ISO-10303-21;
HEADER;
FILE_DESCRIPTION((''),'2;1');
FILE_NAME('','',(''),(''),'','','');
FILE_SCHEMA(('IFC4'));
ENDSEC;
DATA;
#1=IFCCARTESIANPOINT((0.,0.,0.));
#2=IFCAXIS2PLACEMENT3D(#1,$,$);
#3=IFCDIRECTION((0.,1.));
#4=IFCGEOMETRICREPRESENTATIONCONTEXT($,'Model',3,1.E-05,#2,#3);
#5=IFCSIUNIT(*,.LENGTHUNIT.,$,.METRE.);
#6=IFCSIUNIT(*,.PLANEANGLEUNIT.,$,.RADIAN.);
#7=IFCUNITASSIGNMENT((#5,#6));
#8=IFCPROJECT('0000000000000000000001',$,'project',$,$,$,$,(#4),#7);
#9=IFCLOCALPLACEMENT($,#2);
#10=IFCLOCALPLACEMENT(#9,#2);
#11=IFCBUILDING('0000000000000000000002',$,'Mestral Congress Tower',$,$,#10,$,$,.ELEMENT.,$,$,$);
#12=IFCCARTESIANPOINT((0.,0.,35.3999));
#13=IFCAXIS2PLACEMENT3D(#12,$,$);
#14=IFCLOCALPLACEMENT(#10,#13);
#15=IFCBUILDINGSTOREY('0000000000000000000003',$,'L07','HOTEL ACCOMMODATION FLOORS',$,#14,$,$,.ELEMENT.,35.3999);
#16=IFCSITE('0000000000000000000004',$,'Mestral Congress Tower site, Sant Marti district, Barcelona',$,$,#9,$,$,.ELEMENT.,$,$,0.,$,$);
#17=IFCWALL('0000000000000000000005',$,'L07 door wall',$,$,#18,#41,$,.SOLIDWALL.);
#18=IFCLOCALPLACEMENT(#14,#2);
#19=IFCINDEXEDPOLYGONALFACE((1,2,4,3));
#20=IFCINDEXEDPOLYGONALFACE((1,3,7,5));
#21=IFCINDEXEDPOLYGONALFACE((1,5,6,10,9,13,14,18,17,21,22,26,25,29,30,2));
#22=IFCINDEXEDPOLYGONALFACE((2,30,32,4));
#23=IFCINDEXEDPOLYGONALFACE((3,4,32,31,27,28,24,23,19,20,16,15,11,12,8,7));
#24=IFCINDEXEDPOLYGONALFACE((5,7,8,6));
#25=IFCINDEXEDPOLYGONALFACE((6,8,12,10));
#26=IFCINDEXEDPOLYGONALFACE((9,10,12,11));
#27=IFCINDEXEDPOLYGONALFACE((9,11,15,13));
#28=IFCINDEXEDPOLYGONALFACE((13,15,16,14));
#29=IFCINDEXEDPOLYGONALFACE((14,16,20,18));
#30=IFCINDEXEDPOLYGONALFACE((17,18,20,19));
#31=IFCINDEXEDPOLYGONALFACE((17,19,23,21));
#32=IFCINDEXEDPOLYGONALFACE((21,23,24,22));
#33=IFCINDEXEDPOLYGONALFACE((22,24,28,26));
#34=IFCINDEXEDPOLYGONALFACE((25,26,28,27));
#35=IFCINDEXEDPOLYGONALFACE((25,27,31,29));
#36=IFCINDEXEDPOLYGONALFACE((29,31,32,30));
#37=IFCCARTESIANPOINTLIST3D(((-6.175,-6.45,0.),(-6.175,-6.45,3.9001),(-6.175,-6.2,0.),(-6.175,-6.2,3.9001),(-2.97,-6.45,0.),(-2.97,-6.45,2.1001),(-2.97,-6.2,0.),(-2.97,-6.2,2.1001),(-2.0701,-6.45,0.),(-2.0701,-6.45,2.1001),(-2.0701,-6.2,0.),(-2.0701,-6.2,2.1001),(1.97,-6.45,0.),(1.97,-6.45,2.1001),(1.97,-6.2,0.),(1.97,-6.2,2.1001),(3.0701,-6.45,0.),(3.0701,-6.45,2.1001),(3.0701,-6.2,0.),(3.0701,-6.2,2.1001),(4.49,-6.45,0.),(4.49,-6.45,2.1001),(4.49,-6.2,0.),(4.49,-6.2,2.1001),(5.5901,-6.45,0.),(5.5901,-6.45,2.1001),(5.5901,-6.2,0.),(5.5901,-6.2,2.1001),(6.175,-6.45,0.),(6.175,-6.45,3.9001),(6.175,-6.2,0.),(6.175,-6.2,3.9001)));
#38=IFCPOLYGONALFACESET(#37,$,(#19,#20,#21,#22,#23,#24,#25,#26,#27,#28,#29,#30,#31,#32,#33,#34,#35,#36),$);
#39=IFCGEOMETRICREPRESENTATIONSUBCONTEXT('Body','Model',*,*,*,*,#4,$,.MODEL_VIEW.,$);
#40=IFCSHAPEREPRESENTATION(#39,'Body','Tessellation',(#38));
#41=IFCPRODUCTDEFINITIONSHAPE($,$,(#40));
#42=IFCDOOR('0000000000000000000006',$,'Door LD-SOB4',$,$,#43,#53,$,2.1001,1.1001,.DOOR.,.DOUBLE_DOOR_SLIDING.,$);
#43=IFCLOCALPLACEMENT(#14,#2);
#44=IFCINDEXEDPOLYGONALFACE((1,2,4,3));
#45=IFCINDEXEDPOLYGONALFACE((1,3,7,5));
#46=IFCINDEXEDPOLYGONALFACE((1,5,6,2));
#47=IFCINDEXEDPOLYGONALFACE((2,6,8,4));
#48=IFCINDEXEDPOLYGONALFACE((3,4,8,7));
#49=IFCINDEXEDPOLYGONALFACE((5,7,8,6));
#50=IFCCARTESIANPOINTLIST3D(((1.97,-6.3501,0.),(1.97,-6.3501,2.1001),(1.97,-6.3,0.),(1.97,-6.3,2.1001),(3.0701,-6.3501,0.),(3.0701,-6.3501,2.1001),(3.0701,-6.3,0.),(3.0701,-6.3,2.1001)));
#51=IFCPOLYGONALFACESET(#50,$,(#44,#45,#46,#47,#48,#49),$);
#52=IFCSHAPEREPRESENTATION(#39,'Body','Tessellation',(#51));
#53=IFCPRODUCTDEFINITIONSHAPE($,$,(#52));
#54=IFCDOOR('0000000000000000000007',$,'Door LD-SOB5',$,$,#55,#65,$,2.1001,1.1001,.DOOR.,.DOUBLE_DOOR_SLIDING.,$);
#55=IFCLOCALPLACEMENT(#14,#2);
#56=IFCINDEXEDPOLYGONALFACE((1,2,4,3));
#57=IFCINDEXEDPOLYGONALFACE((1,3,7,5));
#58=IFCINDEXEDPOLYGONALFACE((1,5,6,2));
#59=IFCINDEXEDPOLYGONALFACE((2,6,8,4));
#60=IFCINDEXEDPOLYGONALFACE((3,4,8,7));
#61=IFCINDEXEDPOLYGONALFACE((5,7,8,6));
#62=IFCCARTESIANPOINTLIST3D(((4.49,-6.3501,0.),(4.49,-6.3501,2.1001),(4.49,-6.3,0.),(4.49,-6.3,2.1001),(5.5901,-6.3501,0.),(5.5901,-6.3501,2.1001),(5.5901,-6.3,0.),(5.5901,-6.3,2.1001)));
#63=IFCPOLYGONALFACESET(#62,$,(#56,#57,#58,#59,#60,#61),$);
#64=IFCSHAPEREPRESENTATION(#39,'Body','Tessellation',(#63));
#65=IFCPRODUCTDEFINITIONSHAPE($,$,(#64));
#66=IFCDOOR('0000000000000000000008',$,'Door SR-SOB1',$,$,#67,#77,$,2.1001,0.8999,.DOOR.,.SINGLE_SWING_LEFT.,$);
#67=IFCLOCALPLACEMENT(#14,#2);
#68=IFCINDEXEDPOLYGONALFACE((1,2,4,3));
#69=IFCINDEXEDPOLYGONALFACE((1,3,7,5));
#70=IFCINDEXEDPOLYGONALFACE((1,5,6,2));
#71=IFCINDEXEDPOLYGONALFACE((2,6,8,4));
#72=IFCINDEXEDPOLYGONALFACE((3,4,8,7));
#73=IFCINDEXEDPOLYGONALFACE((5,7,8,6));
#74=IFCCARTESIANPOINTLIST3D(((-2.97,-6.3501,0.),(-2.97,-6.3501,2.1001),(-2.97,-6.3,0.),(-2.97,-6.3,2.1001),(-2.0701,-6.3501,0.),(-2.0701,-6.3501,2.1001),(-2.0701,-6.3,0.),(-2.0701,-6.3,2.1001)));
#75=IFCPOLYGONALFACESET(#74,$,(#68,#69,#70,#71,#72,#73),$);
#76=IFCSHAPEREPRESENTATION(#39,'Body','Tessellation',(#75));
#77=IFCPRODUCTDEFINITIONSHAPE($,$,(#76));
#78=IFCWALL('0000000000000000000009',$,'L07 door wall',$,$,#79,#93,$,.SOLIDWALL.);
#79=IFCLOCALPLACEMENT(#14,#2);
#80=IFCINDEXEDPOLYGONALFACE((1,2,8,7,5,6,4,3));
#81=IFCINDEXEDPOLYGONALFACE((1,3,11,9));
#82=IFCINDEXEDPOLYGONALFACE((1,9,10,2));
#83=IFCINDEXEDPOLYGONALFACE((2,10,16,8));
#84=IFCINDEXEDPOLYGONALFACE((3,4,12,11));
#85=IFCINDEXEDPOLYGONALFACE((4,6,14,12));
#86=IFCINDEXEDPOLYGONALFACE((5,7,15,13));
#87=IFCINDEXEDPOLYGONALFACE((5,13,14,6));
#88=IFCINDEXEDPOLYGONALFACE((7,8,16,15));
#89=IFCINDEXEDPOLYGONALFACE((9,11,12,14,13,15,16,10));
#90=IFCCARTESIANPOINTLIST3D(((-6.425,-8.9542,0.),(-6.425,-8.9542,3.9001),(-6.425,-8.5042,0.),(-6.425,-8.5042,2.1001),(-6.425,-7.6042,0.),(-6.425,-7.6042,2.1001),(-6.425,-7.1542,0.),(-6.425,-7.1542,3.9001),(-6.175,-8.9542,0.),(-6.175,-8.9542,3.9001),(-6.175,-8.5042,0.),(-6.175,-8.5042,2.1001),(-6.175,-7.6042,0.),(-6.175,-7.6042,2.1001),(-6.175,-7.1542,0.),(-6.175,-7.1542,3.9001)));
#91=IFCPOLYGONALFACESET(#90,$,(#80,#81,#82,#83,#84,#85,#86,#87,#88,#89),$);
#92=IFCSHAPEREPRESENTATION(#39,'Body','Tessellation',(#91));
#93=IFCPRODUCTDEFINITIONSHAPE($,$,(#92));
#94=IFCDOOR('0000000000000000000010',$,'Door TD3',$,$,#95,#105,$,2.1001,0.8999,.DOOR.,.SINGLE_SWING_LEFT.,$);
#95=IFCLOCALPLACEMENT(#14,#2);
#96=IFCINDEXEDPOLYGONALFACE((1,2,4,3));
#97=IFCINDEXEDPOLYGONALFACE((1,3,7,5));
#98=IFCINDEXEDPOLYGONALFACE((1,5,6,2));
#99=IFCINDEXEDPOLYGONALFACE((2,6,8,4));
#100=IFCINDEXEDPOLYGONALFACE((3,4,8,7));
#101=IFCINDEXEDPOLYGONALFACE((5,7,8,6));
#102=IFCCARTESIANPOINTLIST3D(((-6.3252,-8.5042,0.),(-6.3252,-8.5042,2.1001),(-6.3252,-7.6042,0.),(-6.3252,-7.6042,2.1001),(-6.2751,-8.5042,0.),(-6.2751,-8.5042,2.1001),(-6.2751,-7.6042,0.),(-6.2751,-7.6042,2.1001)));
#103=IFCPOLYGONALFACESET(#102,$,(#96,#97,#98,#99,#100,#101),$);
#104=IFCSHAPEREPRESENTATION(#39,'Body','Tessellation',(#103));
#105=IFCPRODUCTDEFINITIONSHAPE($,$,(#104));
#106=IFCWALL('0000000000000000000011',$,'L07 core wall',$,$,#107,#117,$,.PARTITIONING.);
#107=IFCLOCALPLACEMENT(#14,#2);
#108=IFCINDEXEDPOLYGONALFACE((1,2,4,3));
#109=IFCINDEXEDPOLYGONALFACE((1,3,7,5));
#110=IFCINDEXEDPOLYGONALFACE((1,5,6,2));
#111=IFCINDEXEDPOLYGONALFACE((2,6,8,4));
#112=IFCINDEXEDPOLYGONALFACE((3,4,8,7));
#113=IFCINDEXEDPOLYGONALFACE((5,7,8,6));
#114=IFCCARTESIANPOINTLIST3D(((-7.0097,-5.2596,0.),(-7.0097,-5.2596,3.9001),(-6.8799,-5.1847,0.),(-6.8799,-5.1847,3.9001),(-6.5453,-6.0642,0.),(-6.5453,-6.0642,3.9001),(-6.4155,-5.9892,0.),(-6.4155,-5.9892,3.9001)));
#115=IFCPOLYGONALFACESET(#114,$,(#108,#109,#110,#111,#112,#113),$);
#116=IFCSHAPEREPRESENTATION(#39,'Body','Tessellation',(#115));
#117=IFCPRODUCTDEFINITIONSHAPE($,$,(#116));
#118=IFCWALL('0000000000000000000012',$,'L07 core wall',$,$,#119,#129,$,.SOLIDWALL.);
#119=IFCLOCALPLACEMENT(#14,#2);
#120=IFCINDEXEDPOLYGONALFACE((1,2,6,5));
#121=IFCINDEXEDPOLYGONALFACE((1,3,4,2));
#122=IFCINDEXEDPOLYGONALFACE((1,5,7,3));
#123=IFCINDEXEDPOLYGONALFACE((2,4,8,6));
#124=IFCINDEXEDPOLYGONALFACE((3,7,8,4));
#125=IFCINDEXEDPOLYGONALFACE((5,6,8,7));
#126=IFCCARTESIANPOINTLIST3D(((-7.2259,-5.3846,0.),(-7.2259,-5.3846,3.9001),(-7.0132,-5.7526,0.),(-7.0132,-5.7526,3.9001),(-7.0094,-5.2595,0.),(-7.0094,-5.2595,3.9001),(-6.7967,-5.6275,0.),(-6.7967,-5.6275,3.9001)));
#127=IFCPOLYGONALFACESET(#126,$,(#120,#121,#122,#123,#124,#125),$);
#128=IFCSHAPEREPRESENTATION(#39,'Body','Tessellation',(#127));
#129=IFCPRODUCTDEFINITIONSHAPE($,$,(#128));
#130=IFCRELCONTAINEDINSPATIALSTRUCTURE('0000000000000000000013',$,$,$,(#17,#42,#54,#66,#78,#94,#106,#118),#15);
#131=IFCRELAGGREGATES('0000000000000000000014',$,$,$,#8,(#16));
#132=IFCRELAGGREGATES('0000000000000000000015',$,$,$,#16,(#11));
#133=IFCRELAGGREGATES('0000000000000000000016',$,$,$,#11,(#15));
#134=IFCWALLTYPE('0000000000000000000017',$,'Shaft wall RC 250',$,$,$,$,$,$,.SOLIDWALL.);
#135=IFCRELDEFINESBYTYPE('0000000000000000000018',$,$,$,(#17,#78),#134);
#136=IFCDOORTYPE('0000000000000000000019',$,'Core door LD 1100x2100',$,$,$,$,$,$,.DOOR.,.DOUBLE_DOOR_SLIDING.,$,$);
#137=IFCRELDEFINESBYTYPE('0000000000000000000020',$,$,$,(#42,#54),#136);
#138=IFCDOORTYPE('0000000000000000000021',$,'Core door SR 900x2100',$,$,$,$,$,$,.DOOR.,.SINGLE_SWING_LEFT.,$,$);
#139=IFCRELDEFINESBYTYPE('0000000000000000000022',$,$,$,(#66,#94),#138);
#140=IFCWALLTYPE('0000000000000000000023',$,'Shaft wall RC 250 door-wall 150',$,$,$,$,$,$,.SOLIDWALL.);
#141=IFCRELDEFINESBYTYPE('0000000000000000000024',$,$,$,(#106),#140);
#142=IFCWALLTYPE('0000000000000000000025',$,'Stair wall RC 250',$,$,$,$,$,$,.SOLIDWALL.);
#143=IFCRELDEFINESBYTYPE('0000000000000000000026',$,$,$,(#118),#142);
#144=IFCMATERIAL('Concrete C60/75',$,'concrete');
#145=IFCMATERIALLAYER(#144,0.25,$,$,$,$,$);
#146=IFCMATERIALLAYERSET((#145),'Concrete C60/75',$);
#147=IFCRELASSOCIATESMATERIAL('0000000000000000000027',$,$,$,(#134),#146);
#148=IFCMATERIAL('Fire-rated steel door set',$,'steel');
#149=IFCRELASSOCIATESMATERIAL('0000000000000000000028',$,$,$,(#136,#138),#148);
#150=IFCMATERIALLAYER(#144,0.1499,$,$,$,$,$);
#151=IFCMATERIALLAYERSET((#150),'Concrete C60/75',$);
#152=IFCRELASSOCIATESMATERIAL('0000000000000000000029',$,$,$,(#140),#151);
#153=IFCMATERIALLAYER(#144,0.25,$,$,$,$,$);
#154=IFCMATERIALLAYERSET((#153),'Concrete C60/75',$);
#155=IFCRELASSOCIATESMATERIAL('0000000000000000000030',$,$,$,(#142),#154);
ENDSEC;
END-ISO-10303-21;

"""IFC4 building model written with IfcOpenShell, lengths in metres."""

from ifc_helpers import new_model, si_unit, direction, frame, frame_2d, origin, place, context, subcontext, project, spatial, rectangle, extrude, material, layer, layer_set, type_object, element, fill, save


model = new_model("IFC4")

# Units and contexts
model_context = context("Model", 3, precision=1e-05, world=origin(), true_north=direction((0.0, 1.0)))
body_context = subcontext(model_context, "Body", "Model", "MODEL_VIEW")
ifc_project = project(units=[si_unit("LENGTHUNIT", "METRE"), si_unit("PLANEANGLEUNIT", "RADIAN")], contexts=[model_context])

# Site, building, storey
site_placement = place(None, origin())
site = spatial("IfcSite", under=ifc_project, at=site_placement, Name="Mestral Congress Tower site, Sant Marti district, Barcelona", CompositionType="ELEMENT", RefElevation=0.0)
building_placement = place(site_placement, origin())
building = spatial("IfcBuilding", under=site, at=building_placement, Name="Mestral Congress Tower", CompositionType="ELEMENT")
storey_placement = place(building_placement, frame((0.0, 0.0, 35.3999)))
storey = spatial("IfcBuildingStorey", under=building, at=storey_placement, Name="L07", Description="HOTEL ACCOMMODATION FLOORS", CompositionType="ELEMENT", Elevation=35.3999)

# Shared definitions
ifc_material_1 = material(Name="Fire-rated steel door set", Category="steel")

# Shared definitions
ifc_material_2 = material(Name="Concrete C60/75", Category="concrete")
ifc_layer_1 = layer(ifc_material_2, 0.25)
ifc_layer_set_1 = layer_set([ifc_layer_1], Name="Concrete C60/75")
wall_type_1 = type_object("IfcWallType", Name="Shaft wall RC 250", PredefinedType="SOLIDWALL", material=ifc_layer_set_1)

# Wall, openings, doors
door_type_1 = type_object("IfcDoorType", Name="Core door LD 1100x2100", OperationType="DOUBLE_DOOR_SLIDING", PredefinedType="DOOR", material=ifc_material_1)
wall_1_placement = place(storey_placement, frame((-6.175, -6.325, 0.0), z_axis=(0.0, 0.0, 1.0), x_axis=(1.0, 0.0, 0.0)))
wall_1 = element("IfcWall", 1, at=wall_1_placement, inside=storey, type_object=wall_type_1, Name="L07 door wall", PredefinedType="SOLIDWALL", context=body_context, shape_type="SweptSolid", body=[
    extrude(rectangle(XDim=12.3501, YDim=0.25, at=frame_2d((6.175, 0.0))), origin(), (0.0, 0.0, 1.0), 3.9001),
])
opening_1_placement = place(wall_1_placement, frame((3.2051, 0.0, 0.0)))
opening_1 = element("IfcOpeningElement", 2, at=opening_1_placement, cuts=wall_1, PredefinedType="OPENING", context=body_context, shape_type="SweptSolid", body=[
    extrude(rectangle(XDim=0.8999, YDim=2.1001, at=frame_2d((0.45, 1.05))), frame((0.0, 0.135, 0.0), z_axis=(0.0, -1.0, 0.0), x_axis=(1.0, 0.0, 0.0)), (0.0, 0.0, 1.0), 0.27),
])
opening_2_placement = place(wall_1_placement, frame((8.145, 0.0, 0.0)))
opening_2 = element("IfcOpeningElement", 3, at=opening_2_placement, cuts=wall_1, PredefinedType="OPENING", context=body_context, shape_type="SweptSolid", body=[
    extrude(rectangle(XDim=1.1001, YDim=2.1001, at=frame_2d((0.55, 1.05))), frame((0.0, 0.135, 0.0), z_axis=(0.0, -1.0, 0.0), x_axis=(1.0, 0.0, 0.0)), (0.0, 0.0, 1.0), 0.27),
])
opening_3_placement = place(wall_1_placement, frame((10.665, 0.0, 0.0)))
opening_3 = element("IfcOpeningElement", 4, at=opening_3_placement, cuts=wall_1, PredefinedType="OPENING", context=body_context, shape_type="SweptSolid", body=[
    extrude(rectangle(XDim=1.1001, YDim=2.1001, at=frame_2d((0.55, 1.05))), frame((0.0, 0.135, 0.0), z_axis=(0.0, -1.0, 0.0), x_axis=(1.0, 0.0, 0.0)), (0.0, 0.0, 1.0), 0.27),
])
door_1_placement = place(opening_2_placement, origin())
door_1 = element("IfcDoor", 5, at=door_1_placement, inside=storey, type_object=door_type_1, Name="Door LD-SOB4", OperationType="DOUBLE_DOOR_SLIDING", OverallHeight=2.1001, OverallWidth=1.1001, PredefinedType="DOOR", context=body_context, shape_type="SweptSolid", body=[
    extrude(rectangle(XDim=1.1001, YDim=2.1001, at=frame_2d((0.55, 1.05))), frame((0.0, 0.0249, 0.0), z_axis=(0.0, -1.0, 0.0), x_axis=(1.0, 0.0, 0.0)), (0.0, 0.0, 1.0), 0.05),
])
fill(opening_2, door_1)
door_2_placement = place(opening_3_placement, origin())
door_2 = element("IfcDoor", 6, at=door_2_placement, inside=storey, type_object=door_type_1, Name="Door LD-SOB5", OperationType="DOUBLE_DOOR_SLIDING", OverallHeight=2.1001, OverallWidth=1.1001, PredefinedType="DOOR", context=body_context, shape_type="SweptSolid", body=[
    extrude(rectangle(XDim=1.1001, YDim=2.1001, at=frame_2d((0.55, 1.05))), frame((0.0, 0.0249, 0.0), z_axis=(0.0, -1.0, 0.0), x_axis=(1.0, 0.0, 0.0)), (0.0, 0.0, 1.0), 0.05),
])
fill(opening_3, door_2)
door_type_2 = type_object("IfcDoorType", Name="Core door SR 900x2100", OperationType="SINGLE_SWING_LEFT", PredefinedType="DOOR", material=ifc_material_1)
door_3_placement = place(opening_1_placement, origin())
door_3 = element("IfcDoor", 7, at=door_3_placement, inside=storey, type_object=door_type_2, Name="Door SR-SOB1", OperationType="SINGLE_SWING_LEFT", OverallHeight=2.1001, OverallWidth=0.8999, PredefinedType="DOOR", context=body_context, shape_type="SweptSolid", body=[
    extrude(rectangle(XDim=0.8999, YDim=2.1001, at=frame_2d((0.45, 1.05))), frame((0.0, 0.0249, 0.0), z_axis=(0.0, -1.0, 0.0), x_axis=(1.0, 0.0, 0.0)), (0.0, 0.0, 1.0), 0.05),
])
fill(opening_1, door_3)

# Wall, opening, door
wall_2_placement = place(storey_placement, frame((-6.3, -7.1543, 0.0), z_axis=(0.0, 0.0, 1.0), x_axis=(0.0, -1.0, 0.0)))
wall_2 = element("IfcWall", 8, at=wall_2_placement, inside=storey, type_object=wall_type_1, Name="L07 door wall", PredefinedType="SOLIDWALL", context=body_context, shape_type="SweptSolid", body=[
    extrude(rectangle(XDim=1.8, YDim=0.25, at=frame_2d((0.8999, 0.0))), origin(), (0.0, 0.0, 1.0), 3.9001),
])
opening_4_placement = place(wall_2_placement, frame((0.45, 0.0, 0.0)))
opening_4 = element("IfcOpeningElement", 9, at=opening_4_placement, cuts=wall_2, PredefinedType="OPENING", context=body_context, shape_type="SweptSolid", body=[
    extrude(rectangle(XDim=0.8999, YDim=2.1001, at=frame_2d((0.45, 1.05))), frame((0.0, 0.135, 0.0), z_axis=(0.0, -1.0, 0.0), x_axis=(1.0, 0.0, 0.0)), (0.0, 0.0, 1.0), 0.27),
])
door_4_placement = place(opening_4_placement, origin())
door_4 = element("IfcDoor", 10, at=door_4_placement, inside=storey, type_object=door_type_2, Name="Door TD3", OperationType="SINGLE_SWING_LEFT", OverallHeight=2.1001, OverallWidth=0.8999, PredefinedType="DOOR", context=body_context, shape_type="SweptSolid", body=[
    extrude(rectangle(XDim=0.8999, YDim=2.1001, at=frame_2d((0.45, 1.05))), frame((0.0, 0.0249, 0.0), z_axis=(0.0, -1.0, 0.0), x_axis=(1.0, 0.0, 0.0)), (0.0, 0.0, 1.0), 0.05),
])
fill(opening_4, door_4)

# Walls
ifc_layer_2 = layer(ifc_material_2, 0.1499)
ifc_layer_set_2 = layer_set([ifc_layer_2], Name="Concrete C60/75")
wall_type_2 = type_object("IfcWallType", Name="Shaft wall RC 250 door-wall 150", PredefinedType="SOLIDWALL", material=ifc_layer_set_2)
wall_3_placement = place(storey_placement, frame((-6.4805, -6.0266, 0.0), z_axis=(0.0, 0.0, 1.0), x_axis=(-0.499927, 0.866067, 0.0)))
element("IfcWall", 11, at=wall_3_placement, inside=storey, type_object=wall_type_2, Name="L07 core wall", PredefinedType="PARTITIONING", context=body_context, shape_type="SweptSolid", body=[
    extrude(rectangle(XDim=0.929, YDim=0.1499, at=frame_2d((0.4644, 0.0))), origin(), (0.0, 0.0, 1.0), 3.9001),
])
ifc_layer_3 = layer(ifc_material_2, 0.25)
ifc_layer_set_3 = layer_set([ifc_layer_3], Name="Concrete C60/75")
wall_type_3 = type_object("IfcWallType", Name="Stair wall RC 250", PredefinedType="SOLIDWALL", material=ifc_layer_set_3)
wall_4_placement = place(storey_placement, frame((-6.905, -5.6899, 0.0), z_axis=(0.0, 0.0, 1.0), x_axis=(-0.500402, 0.865793, 0.0)))
element("IfcWall", 12, at=wall_4_placement, inside=storey, type_object=wall_type_3, Name="L07 core wall", PredefinedType="SOLIDWALL", context=body_context, shape_type="SweptSolid", body=[
    extrude(rectangle(XDim=0.425, YDim=0.25, at=frame_2d((0.2124, 0.0))), origin(), (0.0, 0.0, 1.0), 3.9001),
])

save(model, "model.ifc")
